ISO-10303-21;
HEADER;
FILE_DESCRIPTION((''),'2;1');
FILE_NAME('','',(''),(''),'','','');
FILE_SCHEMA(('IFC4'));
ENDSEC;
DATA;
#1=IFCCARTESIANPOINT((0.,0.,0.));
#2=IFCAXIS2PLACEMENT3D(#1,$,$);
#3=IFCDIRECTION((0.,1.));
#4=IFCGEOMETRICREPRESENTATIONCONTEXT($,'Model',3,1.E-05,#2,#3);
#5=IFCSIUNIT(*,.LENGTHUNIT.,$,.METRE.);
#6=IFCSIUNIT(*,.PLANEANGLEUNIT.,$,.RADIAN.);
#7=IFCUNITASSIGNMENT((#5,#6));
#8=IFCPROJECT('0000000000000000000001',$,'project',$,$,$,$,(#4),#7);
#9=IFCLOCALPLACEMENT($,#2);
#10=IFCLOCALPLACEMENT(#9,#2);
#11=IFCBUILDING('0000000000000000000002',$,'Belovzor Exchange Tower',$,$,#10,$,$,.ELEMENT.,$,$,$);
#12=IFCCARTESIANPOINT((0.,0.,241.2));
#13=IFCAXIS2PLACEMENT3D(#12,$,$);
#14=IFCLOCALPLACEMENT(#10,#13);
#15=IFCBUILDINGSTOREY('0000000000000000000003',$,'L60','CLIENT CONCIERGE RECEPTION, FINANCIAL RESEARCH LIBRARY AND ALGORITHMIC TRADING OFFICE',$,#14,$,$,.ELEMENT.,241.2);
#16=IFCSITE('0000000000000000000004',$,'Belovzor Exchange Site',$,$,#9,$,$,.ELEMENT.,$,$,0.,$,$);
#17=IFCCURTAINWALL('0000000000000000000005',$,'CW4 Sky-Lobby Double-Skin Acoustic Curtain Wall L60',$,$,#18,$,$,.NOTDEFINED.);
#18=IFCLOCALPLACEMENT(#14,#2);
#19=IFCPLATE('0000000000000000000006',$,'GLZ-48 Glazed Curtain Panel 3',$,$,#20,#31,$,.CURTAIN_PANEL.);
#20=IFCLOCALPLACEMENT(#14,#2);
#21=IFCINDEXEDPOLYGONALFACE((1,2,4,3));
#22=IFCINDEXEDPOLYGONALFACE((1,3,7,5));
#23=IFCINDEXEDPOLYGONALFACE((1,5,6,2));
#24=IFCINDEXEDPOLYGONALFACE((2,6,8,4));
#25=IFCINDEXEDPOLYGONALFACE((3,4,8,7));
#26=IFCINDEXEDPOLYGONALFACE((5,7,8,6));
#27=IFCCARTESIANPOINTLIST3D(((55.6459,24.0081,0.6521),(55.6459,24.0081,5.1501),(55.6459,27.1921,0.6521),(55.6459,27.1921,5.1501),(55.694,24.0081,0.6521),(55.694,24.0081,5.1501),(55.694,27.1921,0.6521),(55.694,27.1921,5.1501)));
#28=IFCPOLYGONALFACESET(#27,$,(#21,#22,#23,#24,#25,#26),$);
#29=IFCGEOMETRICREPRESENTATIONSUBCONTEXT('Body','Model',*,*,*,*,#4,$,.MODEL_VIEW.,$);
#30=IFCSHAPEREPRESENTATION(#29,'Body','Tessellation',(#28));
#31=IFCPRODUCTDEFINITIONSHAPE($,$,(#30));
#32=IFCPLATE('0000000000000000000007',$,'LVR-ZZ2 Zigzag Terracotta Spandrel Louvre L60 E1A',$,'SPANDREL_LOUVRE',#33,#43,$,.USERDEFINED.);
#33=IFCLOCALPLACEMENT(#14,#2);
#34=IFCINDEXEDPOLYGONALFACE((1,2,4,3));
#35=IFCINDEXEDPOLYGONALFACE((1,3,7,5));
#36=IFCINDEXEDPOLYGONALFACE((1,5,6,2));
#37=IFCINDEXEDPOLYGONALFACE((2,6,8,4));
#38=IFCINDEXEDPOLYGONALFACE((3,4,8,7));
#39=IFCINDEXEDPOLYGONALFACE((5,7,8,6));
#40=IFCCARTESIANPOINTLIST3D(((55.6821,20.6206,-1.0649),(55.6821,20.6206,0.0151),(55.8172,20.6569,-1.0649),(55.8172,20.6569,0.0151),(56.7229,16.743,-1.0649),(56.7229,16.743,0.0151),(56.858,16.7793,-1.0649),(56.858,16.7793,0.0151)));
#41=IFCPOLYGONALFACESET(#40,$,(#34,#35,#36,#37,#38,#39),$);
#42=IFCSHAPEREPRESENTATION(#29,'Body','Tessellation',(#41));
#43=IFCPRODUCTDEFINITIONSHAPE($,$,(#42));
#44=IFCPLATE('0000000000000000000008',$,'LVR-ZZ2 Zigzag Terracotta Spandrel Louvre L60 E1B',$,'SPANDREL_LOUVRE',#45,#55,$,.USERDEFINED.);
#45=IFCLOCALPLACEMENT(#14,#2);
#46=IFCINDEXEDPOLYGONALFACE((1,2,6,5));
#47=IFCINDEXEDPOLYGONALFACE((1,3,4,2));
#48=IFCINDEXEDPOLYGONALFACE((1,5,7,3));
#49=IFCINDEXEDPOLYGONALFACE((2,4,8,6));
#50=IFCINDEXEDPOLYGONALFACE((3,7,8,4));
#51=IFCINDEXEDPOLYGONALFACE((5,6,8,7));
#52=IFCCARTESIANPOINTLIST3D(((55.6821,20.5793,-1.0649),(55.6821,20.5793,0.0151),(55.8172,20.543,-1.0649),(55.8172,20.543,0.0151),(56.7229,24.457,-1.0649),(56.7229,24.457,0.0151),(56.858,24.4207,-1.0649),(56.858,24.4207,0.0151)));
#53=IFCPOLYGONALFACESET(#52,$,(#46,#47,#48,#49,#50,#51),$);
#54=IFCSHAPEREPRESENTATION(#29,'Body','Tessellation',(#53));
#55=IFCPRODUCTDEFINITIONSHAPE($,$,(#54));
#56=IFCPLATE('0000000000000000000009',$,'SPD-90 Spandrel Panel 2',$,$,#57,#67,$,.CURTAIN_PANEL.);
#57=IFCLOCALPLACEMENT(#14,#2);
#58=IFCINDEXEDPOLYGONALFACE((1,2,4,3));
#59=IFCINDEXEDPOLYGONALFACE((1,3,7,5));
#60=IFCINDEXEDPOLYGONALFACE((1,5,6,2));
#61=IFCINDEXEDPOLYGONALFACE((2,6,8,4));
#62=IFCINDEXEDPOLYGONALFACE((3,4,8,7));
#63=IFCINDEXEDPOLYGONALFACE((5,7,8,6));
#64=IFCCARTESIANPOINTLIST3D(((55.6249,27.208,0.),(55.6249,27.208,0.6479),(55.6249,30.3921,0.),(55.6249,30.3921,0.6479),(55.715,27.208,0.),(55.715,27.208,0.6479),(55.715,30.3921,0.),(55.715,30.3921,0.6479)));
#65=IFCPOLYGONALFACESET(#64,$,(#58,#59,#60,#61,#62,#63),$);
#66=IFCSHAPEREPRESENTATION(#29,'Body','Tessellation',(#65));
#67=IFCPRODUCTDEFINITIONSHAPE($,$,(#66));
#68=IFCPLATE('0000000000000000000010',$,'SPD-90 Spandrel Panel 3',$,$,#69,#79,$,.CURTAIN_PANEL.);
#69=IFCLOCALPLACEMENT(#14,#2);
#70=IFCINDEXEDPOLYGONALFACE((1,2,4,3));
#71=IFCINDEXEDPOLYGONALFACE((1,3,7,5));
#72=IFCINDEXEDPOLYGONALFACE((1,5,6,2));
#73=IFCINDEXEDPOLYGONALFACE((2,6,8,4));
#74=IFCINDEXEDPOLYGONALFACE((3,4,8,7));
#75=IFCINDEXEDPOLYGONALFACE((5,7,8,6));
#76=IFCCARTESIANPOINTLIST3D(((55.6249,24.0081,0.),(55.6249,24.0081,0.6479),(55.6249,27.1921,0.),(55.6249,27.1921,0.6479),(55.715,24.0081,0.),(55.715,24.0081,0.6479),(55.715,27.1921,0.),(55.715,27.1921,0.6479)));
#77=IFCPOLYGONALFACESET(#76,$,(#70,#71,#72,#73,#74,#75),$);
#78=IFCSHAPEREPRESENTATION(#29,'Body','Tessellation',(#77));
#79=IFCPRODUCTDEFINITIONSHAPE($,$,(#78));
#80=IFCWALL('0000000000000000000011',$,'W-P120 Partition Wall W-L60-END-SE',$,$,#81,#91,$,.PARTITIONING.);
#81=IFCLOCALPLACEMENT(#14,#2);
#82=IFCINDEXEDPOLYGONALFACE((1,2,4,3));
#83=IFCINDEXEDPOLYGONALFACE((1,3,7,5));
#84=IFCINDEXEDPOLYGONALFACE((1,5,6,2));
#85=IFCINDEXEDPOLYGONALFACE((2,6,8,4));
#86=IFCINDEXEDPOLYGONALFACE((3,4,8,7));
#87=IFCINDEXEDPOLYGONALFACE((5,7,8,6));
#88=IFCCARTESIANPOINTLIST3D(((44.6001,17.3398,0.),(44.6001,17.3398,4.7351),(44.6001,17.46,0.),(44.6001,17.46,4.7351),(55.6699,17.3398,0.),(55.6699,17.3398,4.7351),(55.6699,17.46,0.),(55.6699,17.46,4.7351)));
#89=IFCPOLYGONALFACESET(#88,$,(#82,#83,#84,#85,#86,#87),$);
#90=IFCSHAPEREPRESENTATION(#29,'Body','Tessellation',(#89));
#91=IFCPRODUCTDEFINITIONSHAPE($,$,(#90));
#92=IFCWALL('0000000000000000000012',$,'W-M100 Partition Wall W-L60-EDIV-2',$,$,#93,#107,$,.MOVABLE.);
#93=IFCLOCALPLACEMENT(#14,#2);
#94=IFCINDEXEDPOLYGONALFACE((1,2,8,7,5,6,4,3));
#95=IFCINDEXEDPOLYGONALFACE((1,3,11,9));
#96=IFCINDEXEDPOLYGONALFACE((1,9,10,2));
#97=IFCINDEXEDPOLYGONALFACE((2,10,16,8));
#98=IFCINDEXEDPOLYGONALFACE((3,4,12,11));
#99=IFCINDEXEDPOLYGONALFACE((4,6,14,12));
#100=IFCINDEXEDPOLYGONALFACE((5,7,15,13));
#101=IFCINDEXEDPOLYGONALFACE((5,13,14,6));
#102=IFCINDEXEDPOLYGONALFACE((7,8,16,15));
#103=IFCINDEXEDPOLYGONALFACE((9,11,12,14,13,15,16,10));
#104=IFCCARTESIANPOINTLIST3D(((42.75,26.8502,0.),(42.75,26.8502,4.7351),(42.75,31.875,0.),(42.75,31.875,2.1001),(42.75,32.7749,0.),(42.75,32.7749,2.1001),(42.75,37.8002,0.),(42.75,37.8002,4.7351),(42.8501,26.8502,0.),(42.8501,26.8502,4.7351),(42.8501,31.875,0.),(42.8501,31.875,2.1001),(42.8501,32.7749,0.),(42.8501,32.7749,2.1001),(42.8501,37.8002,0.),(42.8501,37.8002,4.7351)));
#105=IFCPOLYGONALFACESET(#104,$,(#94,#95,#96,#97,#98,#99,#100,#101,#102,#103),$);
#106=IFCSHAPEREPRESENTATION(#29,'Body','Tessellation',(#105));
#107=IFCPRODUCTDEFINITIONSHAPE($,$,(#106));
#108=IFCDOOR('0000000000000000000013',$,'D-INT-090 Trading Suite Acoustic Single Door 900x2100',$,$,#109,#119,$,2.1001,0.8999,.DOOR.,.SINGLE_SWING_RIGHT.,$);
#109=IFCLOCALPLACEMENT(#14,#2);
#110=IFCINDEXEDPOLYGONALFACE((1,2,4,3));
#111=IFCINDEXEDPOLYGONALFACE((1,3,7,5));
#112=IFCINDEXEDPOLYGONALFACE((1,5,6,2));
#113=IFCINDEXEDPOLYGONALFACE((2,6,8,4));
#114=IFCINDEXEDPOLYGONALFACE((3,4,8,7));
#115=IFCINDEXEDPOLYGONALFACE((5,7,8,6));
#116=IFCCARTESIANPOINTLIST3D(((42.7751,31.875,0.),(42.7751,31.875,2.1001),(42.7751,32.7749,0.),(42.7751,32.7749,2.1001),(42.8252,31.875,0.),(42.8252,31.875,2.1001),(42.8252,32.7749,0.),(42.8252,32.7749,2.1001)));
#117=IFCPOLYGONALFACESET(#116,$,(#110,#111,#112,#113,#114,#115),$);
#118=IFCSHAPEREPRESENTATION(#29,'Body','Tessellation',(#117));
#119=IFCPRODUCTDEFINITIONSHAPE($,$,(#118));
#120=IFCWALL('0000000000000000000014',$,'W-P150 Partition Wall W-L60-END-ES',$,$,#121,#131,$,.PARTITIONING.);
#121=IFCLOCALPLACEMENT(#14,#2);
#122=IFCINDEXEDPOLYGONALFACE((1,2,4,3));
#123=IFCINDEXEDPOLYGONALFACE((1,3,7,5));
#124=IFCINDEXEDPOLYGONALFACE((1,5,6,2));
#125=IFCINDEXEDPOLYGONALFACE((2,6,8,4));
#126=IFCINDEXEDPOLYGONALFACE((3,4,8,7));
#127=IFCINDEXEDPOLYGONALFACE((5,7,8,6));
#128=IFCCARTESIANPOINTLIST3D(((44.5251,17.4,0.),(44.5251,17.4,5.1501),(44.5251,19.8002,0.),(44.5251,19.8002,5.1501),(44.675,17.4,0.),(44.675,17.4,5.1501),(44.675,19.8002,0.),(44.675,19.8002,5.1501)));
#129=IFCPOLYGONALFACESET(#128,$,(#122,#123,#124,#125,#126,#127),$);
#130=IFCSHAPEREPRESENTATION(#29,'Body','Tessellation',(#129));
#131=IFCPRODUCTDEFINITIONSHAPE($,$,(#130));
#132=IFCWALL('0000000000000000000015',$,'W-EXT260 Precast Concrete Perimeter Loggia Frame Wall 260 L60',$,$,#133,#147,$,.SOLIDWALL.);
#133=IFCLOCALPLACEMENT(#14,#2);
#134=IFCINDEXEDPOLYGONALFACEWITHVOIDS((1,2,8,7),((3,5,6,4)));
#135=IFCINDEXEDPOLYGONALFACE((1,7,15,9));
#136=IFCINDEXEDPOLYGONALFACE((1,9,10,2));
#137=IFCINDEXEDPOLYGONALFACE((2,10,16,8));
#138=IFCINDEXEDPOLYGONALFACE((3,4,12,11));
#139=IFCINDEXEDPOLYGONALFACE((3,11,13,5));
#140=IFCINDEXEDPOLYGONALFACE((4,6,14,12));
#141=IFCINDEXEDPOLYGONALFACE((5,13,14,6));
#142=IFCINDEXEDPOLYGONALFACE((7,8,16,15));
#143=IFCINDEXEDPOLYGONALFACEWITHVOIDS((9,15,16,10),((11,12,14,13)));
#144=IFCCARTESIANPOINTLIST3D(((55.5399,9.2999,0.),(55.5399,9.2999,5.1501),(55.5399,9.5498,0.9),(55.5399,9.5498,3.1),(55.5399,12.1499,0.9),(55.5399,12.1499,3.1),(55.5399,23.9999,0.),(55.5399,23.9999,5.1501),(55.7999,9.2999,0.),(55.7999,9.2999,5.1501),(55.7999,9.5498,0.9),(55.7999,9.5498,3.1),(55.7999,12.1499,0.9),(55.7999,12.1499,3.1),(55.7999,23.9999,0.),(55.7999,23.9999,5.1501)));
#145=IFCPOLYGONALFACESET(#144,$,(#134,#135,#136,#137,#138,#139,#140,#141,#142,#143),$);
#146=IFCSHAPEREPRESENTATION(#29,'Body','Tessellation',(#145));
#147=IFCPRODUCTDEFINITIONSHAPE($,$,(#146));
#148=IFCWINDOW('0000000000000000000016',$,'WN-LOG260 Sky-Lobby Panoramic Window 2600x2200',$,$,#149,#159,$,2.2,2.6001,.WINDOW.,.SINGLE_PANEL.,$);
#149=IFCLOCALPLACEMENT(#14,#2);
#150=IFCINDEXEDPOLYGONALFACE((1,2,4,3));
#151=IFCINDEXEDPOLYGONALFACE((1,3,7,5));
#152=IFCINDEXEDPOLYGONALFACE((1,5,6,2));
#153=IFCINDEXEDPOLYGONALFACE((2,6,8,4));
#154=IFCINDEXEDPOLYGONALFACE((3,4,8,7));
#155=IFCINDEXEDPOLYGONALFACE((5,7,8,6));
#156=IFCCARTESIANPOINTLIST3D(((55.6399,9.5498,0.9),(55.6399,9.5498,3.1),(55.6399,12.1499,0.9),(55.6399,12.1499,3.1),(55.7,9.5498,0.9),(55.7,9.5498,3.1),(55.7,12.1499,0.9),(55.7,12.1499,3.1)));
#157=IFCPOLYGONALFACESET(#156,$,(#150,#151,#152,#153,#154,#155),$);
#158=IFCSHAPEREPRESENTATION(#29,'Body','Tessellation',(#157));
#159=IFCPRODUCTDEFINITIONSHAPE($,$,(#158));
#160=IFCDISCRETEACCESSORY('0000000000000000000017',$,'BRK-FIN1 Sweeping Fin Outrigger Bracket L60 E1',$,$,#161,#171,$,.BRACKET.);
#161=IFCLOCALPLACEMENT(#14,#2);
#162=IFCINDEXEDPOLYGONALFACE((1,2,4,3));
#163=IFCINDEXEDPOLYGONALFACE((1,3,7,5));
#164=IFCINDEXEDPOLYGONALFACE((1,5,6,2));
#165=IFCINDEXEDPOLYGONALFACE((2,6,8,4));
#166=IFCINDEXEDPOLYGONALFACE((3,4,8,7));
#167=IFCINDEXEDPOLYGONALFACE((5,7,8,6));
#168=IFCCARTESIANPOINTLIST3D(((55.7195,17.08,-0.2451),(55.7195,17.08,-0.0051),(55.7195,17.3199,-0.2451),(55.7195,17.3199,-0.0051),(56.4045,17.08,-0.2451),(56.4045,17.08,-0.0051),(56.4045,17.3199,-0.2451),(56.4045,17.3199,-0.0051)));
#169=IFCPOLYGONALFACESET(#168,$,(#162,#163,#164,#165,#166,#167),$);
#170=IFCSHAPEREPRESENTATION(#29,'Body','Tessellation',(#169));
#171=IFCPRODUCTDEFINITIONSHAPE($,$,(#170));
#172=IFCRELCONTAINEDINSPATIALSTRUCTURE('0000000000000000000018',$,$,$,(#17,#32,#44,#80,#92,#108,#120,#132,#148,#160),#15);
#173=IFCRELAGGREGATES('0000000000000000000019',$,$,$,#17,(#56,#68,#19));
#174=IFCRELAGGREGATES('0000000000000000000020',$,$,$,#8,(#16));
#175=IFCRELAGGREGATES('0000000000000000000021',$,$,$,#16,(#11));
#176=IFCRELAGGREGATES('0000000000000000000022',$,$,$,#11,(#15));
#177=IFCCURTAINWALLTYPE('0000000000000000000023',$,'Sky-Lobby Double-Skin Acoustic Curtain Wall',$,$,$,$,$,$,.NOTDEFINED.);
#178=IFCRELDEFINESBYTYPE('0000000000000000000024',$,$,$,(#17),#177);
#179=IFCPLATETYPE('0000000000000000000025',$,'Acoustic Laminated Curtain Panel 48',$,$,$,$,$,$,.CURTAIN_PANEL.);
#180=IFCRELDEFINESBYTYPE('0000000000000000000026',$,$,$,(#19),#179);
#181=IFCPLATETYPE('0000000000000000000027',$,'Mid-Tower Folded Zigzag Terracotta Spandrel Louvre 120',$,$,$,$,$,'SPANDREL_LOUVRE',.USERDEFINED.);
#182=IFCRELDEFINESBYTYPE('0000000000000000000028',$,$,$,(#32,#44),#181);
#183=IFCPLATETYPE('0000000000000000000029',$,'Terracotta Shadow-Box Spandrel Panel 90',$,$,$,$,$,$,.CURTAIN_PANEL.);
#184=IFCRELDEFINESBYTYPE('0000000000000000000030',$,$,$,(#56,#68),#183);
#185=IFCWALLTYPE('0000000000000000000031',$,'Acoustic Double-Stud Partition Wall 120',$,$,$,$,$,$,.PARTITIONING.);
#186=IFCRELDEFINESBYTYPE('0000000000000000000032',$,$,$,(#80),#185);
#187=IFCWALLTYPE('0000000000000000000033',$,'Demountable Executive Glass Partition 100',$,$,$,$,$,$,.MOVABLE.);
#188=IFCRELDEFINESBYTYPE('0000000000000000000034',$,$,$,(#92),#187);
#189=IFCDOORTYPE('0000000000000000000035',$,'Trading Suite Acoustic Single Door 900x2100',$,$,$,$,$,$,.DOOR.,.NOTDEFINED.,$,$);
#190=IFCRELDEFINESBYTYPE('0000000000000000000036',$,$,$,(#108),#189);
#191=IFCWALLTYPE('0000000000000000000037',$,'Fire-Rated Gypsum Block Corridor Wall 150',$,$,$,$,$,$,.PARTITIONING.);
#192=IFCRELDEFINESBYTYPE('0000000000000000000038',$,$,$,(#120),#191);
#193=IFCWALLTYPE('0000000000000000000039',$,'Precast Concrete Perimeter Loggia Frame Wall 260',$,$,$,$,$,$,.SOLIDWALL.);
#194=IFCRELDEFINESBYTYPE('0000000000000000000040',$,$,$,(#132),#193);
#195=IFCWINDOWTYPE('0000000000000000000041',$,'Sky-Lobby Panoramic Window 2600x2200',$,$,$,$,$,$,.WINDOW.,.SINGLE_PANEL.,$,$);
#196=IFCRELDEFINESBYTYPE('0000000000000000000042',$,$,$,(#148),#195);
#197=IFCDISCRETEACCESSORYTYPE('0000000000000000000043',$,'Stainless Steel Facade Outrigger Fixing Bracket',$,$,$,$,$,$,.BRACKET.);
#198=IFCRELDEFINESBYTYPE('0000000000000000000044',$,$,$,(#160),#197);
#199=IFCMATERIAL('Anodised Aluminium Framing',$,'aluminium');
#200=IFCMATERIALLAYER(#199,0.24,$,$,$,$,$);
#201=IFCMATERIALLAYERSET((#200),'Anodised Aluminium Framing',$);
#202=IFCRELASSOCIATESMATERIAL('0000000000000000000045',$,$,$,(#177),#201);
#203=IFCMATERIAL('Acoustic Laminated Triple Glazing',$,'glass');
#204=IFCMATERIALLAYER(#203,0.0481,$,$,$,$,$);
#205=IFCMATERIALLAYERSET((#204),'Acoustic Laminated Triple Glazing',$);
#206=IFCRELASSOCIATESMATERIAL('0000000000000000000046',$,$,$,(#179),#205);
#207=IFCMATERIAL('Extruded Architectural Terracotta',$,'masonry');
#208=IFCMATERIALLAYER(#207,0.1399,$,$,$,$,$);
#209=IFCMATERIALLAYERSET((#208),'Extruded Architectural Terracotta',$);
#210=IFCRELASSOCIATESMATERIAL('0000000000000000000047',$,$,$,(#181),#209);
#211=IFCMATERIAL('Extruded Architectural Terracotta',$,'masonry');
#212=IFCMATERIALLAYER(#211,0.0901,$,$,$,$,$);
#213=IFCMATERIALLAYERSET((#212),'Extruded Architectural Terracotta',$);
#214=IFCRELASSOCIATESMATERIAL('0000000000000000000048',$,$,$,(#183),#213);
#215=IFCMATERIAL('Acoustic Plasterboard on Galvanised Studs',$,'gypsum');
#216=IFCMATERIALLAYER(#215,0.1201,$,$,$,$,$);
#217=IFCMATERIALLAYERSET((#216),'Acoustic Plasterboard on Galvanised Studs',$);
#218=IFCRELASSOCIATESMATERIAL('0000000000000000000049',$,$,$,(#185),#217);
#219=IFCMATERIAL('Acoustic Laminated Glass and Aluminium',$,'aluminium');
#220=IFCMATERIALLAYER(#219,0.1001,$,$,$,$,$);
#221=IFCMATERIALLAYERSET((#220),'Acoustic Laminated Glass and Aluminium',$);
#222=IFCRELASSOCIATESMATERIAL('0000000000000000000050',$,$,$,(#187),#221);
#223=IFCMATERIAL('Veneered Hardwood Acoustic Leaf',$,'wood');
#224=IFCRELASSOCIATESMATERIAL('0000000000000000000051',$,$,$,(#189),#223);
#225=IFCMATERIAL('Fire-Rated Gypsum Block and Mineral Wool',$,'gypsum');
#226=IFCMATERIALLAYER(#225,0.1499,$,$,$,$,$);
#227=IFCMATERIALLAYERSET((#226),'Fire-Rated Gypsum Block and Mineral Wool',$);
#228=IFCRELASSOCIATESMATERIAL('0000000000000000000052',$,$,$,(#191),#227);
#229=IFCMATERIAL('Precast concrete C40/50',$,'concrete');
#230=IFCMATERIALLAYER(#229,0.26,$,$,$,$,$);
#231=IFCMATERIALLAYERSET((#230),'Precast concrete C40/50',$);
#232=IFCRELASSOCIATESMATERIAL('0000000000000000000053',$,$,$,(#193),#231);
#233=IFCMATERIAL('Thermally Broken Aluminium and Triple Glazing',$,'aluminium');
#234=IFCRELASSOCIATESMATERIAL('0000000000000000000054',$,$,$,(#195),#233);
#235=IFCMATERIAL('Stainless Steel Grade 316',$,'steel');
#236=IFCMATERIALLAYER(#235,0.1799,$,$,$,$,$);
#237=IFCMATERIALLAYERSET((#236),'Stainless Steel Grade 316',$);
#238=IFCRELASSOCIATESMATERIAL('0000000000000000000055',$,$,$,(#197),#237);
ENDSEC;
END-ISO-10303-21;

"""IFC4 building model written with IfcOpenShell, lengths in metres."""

from ifc_helpers import new_model, si_unit, direction, frame, frame_2d, origin, origin_2d, place, context, subcontext, project, spatial, rectangle, extrude, material, layer, layer_set, type_object, element, fill, aggregate, save


model = new_model("IFC4")

# Units and contexts
model_context = context("Model", 3, precision=1e-05, world=origin(), true_north=direction((0.0, 1.0)))
body_context = subcontext(model_context, "Body", "Model", "MODEL_VIEW")
ifc_project = project(units=[si_unit("LENGTHUNIT", "METRE"), si_unit("PLANEANGLEUNIT", "RADIAN")], contexts=[model_context])

# Site, building, storey
site_placement = place(None, origin())
site = spatial("IfcSite", under=ifc_project, at=site_placement, Name="Belovzor Exchange Site", CompositionType="ELEMENT", RefElevation=0.0)
building_placement = place(site_placement, origin())
building = spatial("IfcBuilding", under=site, at=building_placement, Name="Belovzor Exchange Tower", CompositionType="ELEMENT")
storey_placement = place(building_placement, frame((0.0, 0.0, 241.2)))
storey = spatial("IfcBuildingStorey", under=building, at=storey_placement, Name="L60", Description="CLIENT CONCIERGE RECEPTION, FINANCIAL RESEARCH LIBRARY AND ALGORITHMIC TRADING OFFICE", CompositionType="ELEMENT", Elevation=241.2)

# Curtain wall, plate
ifc_material_1 = material(Name="Anodised Aluminium Framing", Category="aluminium")
ifc_layer_1 = layer(ifc_material_1, 0.24)
ifc_layer_set_1 = layer_set([ifc_layer_1], Name="Anodised Aluminium Framing")
curtain_wall_type = type_object("IfcCurtainWallType", Name="Sky-Lobby Double-Skin Acoustic Curtain Wall", PredefinedType="NOTDEFINED", material=ifc_layer_set_1)
curtain_wall_placement = place(storey_placement, origin())
curtain_wall = element("IfcCurtainWall", 1, at=curtain_wall_placement, inside=storey, type_object=curtain_wall_type, Name="CW4 Sky-Lobby Double-Skin Acoustic Curtain Wall L60", PredefinedType="NOTDEFINED")
ifc_material_2 = material(Name="Acoustic Laminated Triple Glazing", Category="glass")
ifc_layer_2 = layer(ifc_material_2, 0.0481)
ifc_layer_set_2 = layer_set([ifc_layer_2], Name="Acoustic Laminated Triple Glazing")
plate_type_1 = type_object("IfcPlateType", Name="Acoustic Laminated Curtain Panel 48", PredefinedType="CURTAIN_PANEL", material=ifc_layer_set_2)
plate_1_placement = place(storey_placement, frame((55.6699, 25.6001, 0.6521), z_axis=(0.0, 0.0, 1.0), x_axis=(0.0, -1.0, 0.0)))
plate_1 = element("IfcPlate", 2, at=plate_1_placement, type_object=plate_type_1, Name="GLZ-48 Glazed Curtain Panel 3", PredefinedType="CURTAIN_PANEL", context=body_context, shape_type="SweptSolid", body=[
    extrude(rectangle(XDim=3.1841, YDim=0.0481, at=origin_2d()), origin(), (0.0, 0.0, 1.0), 4.498),
])

# Plates
ifc_material_3 = material(Name="Extruded Architectural Terracotta", Category="masonry")
ifc_layer_3 = layer(ifc_material_3, 0.1399)
ifc_layer_set_3 = layer_set([ifc_layer_3], Name="Extruded Architectural Terracotta")
plate_type_2 = type_object("IfcPlateType", Name="Mid-Tower Folded Zigzag Terracotta Spandrel Louvre 120", ElementType="SPANDREL_LOUVRE", PredefinedType="USERDEFINED", material=ifc_layer_set_3)
for number, where, z_axis, x_axis, name in (
    (3, (56.27, 18.7, -1.0649), (0.0, 0.0, 1.0), (-0.25924, 0.965813, 0.0), "LVR-ZZ2 Zigzag Terracotta Spandrel Louvre L60 E1A"),
    (4, (56.27, 22.5, -1.0649), (0.0, 0.0, 1.0), (0.25924, 0.965813, 0.0), "LVR-ZZ2 Zigzag Terracotta Spandrel Louvre L60 E1B"),
):
    element("IfcPlate", number, at=place(storey_placement, frame(where, z_axis=z_axis, x_axis=x_axis)), inside=storey, type_object=plate_type_2, Name=name, ObjectType="SPANDREL_LOUVRE", PredefinedType="USERDEFINED", context=body_context, shape_type="SweptSolid", body=[
        extrude(rectangle(XDim=4.0149, YDim=0.1399, at=origin_2d()), origin(), (0.0, 0.0, 1.0), 1.0801),
    ])

# Plates
ifc_material_4 = material(Name="Extruded Architectural Terracotta", Category="masonry")
ifc_layer_4 = layer(ifc_material_4, 0.0901)
ifc_layer_set_4 = layer_set([ifc_layer_4], Name="Extruded Architectural Terracotta")
plate_type_3 = type_object("IfcPlateType", Name="Terracotta Shadow-Box Spandrel Panel 90", PredefinedType="CURTAIN_PANEL", material=ifc_layer_set_4)
plate_2_placement = place(storey_placement, frame((55.6699, 28.8, 0.0), z_axis=(0.0, 0.0, 1.0), x_axis=(0.0, -1.0, 0.0)))
plate_2 = element("IfcPlate", 5, at=plate_2_placement, type_object=plate_type_3, Name="SPD-90 Spandrel Panel 2", PredefinedType="CURTAIN_PANEL", context=body_context, shape_type="SweptSolid", body=[
    extrude(rectangle(XDim=3.1841, YDim=0.0901, at=origin_2d()), origin(), (0.0, 0.0, 1.0), 0.6479),
])
plate_3_placement = place(storey_placement, frame((55.6699, 25.6001, 0.0), z_axis=(0.0, 0.0, 1.0), x_axis=(0.0, -1.0, 0.0)))
plate_3 = element("IfcPlate", 6, at=plate_3_placement, type_object=plate_type_3, Name="SPD-90 Spandrel Panel 3", PredefinedType="CURTAIN_PANEL", context=body_context, shape_type="SweptSolid", body=[
    extrude(rectangle(XDim=3.1841, YDim=0.0901, at=origin_2d()), origin(), (0.0, 0.0, 1.0), 0.6479),
])
aggregate(curtain_wall, [plate_2, plate_3, plate_1])

# Wall
ifc_material_5 = material(Name="Acoustic Plasterboard on Galvanised Studs", Category="gypsum")
ifc_layer_5 = layer(ifc_material_5, 0.1201)
ifc_layer_set_5 = layer_set([ifc_layer_5], Name="Acoustic Plasterboard on Galvanised Studs")
wall_type_1 = type_object("IfcWallType", Name="Acoustic Double-Stud Partition Wall 120", PredefinedType="PARTITIONING", material=ifc_layer_set_5)
wall_1_placement = place(storey_placement, frame((44.6001, 17.3999, 0.0), z_axis=(0.0, 0.0, 1.0), x_axis=(1.0, 0.0, 0.0)))
element("IfcWall", 7, at=wall_1_placement, inside=storey, type_object=wall_type_1, Name="W-P120 Partition Wall W-L60-END-SE", PredefinedType="PARTITIONING", context=body_context, shape_type="SweptSolid", body=[
    extrude(rectangle(XDim=11.0698, YDim=0.1201, at=frame_2d((5.5349, 0.0))), origin(), (0.0, 0.0, 1.0), 4.7351),
])

# Wall, opening, door
ifc_material_6 = material(Name="Acoustic Laminated Glass and Aluminium", Category="aluminium")
ifc_layer_6 = layer(ifc_material_6, 0.1001)
ifc_layer_set_6 = layer_set([ifc_layer_6], Name="Acoustic Laminated Glass and Aluminium")
wall_type_2 = type_object("IfcWallType", Name="Demountable Executive Glass Partition 100", PredefinedType="MOVABLE", material=ifc_layer_set_6)
wall_2_placement = place(storey_placement, frame((42.8, 26.8501, 0.0), z_axis=(0.0, 0.0, 1.0), x_axis=(0.0, 1.0, 0.0)))
wall_2 = element("IfcWall", 8, at=wall_2_placement, inside=storey, type_object=wall_type_2, Name="W-M100 Partition Wall W-L60-EDIV-2", PredefinedType="MOVABLE", context=body_context, shape_type="SweptSolid", body=[
    extrude(rectangle(XDim=10.95, YDim=0.1001, at=frame_2d((5.4751, 0.0))), origin(), (0.0, 0.0, 1.0), 4.7351),
])
opening_1_placement = place(wall_2_placement, frame((5.0249, 0.0, 0.0)))
opening_1 = element("IfcOpeningElement", 9, at=opening_1_placement, cuts=wall_2, PredefinedType="OPENING", context=body_context, shape_type="SweptSolid", body=[
    extrude(rectangle(XDim=0.8999, YDim=2.1001, at=frame_2d((0.45, 1.05))), frame((0.0, 0.0601, 0.0), z_axis=(0.0, -1.0, 0.0), x_axis=(1.0, 0.0, 0.0)), (0.0, 0.0, 1.0), 0.1201),
])
ifc_material_7 = material(Name="Veneered Hardwood Acoustic Leaf", Category="wood")
door_type = type_object("IfcDoorType", Name="Trading Suite Acoustic Single Door 900x2100", OperationType="NOTDEFINED", PredefinedType="DOOR", material=ifc_material_7)
door_placement = place(opening_1_placement, origin())
door = element("IfcDoor", 10, at=door_placement, inside=storey, type_object=door_type, Name="D-INT-090 Trading Suite Acoustic Single Door 900x2100", OperationType="SINGLE_SWING_RIGHT", OverallHeight=2.1001, OverallWidth=0.8999, PredefinedType="DOOR", context=body_context, shape_type="SweptSolid", body=[
    extrude(rectangle(XDim=0.8999, YDim=2.1001, at=frame_2d((0.45, 1.05))), frame((0.0, 0.0249, 0.0), z_axis=(0.0, -1.0, 0.0), x_axis=(1.0, 0.0, 0.0)), (0.0, 0.0, 1.0), 0.05),
])
fill(opening_1, door)

# Wall
ifc_material_8 = material(Name="Fire-Rated Gypsum Block and Mineral Wool", Category="gypsum")
ifc_layer_7 = layer(ifc_material_8, 0.1499)
ifc_layer_set_7 = layer_set([ifc_layer_7], Name="Fire-Rated Gypsum Block and Mineral Wool")
wall_type_3 = type_object("IfcWallType", Name="Fire-Rated Gypsum Block Corridor Wall 150", PredefinedType="PARTITIONING", material=ifc_layer_set_7)
wall_3_placement = place(storey_placement, frame((44.6001, 17.3999, 0.0), z_axis=(0.0, 0.0, 1.0), x_axis=(0.0, 1.0, 0.0)))
element("IfcWall", 11, at=wall_3_placement, inside=storey, type_object=wall_type_3, Name="W-P150 Partition Wall W-L60-END-ES", PredefinedType="PARTITIONING", context=body_context, shape_type="SweptSolid", body=[
    extrude(rectangle(XDim=2.4001, YDim=0.1499, at=frame_2d((1.2002, 0.0))), origin(), (0.0, 0.0, 1.0), 5.1501),
])

# Wall, opening, window
ifc_material_9 = material(Name="Precast concrete C40/50", Category="concrete")
ifc_layer_8 = layer(ifc_material_9, 0.26)
ifc_layer_set_8 = layer_set([ifc_layer_8], Name="Precast concrete C40/50")
wall_type_4 = type_object("IfcWallType", Name="Precast Concrete Perimeter Loggia Frame Wall 260", PredefinedType="SOLIDWALL", material=ifc_layer_set_8)
wall_4_placement = place(storey_placement, frame((55.6699, 24.0, 0.0), z_axis=(0.0, 0.0, 1.0), x_axis=(0.0, -1.0, 0.0)))
wall_4 = element("IfcWall", 12, at=wall_4_placement, inside=storey, type_object=wall_type_4, Name="W-EXT260 Precast Concrete Perimeter Loggia Frame Wall 260 L60", PredefinedType="SOLIDWALL", context=body_context, shape_type="SweptSolid", body=[
    extrude(rectangle(XDim=14.7, YDim=0.26, at=frame_2d((7.3501, 0.0))), origin(), (0.0, 0.0, 1.0), 5.1501),
])
opening_2_placement = place(wall_4_placement, frame((11.8501, 0.0, 0.8999)))
opening_2 = element("IfcOpeningElement", 13, at=opening_2_placement, cuts=wall_4, PredefinedType="OPENING", context=body_context, shape_type="SweptSolid", body=[
    extrude(rectangle(XDim=2.6001, YDim=2.2, at=frame_2d((1.3, 1.1001))), frame((0.0, 0.1399, 0.0), z_axis=(0.0, -1.0, 0.0), x_axis=(1.0, 0.0, 0.0)), (0.0, 0.0, 1.0), 0.28),
])
ifc_material_10 = material(Name="Thermally Broken Aluminium and Triple Glazing", Category="aluminium")
window_type = type_object("IfcWindowType", Name="Sky-Lobby Panoramic Window 2600x2200", PartitioningType="SINGLE_PANEL", PredefinedType="WINDOW", material=ifc_material_10)
window_placement = place(opening_2_placement, origin())
window = element("IfcWindow", 14, at=window_placement, inside=storey, type_object=window_type, Name="WN-LOG260 Sky-Lobby Panoramic Window 2600x2200", OverallHeight=2.2, OverallWidth=2.6001, PartitioningType="SINGLE_PANEL", PredefinedType="WINDOW", context=body_context, shape_type="SweptSolid", body=[
    extrude(rectangle(XDim=2.6001, YDim=2.2, at=frame_2d((1.3, 1.1001))), frame((0.0, 0.03, 0.0), z_axis=(0.0, -1.0, 0.0), x_axis=(1.0, 0.0, 0.0)), (0.0, 0.0, 1.0), 0.0601),
])
fill(opening_2, window)

# Discrete accessory
ifc_material_11 = material(Name="Stainless Steel Grade 316", Category="steel")
ifc_layer_9 = layer(ifc_material_11, 0.1799)
ifc_layer_set_9 = layer_set([ifc_layer_9], Name="Stainless Steel Grade 316")
discrete_accessory_type = type_object("IfcDiscreteAccessoryType", Name="Stainless Steel Facade Outrigger Fixing Bracket", PredefinedType="BRACKET", material=ifc_layer_set_9)
for number, where, z_axis, x_axis, name in (
    (15, (56.062, 17.2, -0.2451), (0.0, 0.0, 1.0), (1.0, 0.0, 0.0), "BRK-FIN1 Sweeping Fin Outrigger Bracket L60 E1"),
):
    element("IfcDiscreteAccessory", number, at=place(storey_placement, frame(where, z_axis=z_axis, x_axis=x_axis)), inside=storey, type_object=discrete_accessory_type, Name=name, PredefinedType="BRACKET", context=body_context, shape_type="SweptSolid", body=[
        extrude(rectangle(XDim=0.6851, YDim=0.24, at=origin_2d()), origin(), (0.0, 0.0, 1.0), 0.24),
    ])

save(model, "model.ifc")
